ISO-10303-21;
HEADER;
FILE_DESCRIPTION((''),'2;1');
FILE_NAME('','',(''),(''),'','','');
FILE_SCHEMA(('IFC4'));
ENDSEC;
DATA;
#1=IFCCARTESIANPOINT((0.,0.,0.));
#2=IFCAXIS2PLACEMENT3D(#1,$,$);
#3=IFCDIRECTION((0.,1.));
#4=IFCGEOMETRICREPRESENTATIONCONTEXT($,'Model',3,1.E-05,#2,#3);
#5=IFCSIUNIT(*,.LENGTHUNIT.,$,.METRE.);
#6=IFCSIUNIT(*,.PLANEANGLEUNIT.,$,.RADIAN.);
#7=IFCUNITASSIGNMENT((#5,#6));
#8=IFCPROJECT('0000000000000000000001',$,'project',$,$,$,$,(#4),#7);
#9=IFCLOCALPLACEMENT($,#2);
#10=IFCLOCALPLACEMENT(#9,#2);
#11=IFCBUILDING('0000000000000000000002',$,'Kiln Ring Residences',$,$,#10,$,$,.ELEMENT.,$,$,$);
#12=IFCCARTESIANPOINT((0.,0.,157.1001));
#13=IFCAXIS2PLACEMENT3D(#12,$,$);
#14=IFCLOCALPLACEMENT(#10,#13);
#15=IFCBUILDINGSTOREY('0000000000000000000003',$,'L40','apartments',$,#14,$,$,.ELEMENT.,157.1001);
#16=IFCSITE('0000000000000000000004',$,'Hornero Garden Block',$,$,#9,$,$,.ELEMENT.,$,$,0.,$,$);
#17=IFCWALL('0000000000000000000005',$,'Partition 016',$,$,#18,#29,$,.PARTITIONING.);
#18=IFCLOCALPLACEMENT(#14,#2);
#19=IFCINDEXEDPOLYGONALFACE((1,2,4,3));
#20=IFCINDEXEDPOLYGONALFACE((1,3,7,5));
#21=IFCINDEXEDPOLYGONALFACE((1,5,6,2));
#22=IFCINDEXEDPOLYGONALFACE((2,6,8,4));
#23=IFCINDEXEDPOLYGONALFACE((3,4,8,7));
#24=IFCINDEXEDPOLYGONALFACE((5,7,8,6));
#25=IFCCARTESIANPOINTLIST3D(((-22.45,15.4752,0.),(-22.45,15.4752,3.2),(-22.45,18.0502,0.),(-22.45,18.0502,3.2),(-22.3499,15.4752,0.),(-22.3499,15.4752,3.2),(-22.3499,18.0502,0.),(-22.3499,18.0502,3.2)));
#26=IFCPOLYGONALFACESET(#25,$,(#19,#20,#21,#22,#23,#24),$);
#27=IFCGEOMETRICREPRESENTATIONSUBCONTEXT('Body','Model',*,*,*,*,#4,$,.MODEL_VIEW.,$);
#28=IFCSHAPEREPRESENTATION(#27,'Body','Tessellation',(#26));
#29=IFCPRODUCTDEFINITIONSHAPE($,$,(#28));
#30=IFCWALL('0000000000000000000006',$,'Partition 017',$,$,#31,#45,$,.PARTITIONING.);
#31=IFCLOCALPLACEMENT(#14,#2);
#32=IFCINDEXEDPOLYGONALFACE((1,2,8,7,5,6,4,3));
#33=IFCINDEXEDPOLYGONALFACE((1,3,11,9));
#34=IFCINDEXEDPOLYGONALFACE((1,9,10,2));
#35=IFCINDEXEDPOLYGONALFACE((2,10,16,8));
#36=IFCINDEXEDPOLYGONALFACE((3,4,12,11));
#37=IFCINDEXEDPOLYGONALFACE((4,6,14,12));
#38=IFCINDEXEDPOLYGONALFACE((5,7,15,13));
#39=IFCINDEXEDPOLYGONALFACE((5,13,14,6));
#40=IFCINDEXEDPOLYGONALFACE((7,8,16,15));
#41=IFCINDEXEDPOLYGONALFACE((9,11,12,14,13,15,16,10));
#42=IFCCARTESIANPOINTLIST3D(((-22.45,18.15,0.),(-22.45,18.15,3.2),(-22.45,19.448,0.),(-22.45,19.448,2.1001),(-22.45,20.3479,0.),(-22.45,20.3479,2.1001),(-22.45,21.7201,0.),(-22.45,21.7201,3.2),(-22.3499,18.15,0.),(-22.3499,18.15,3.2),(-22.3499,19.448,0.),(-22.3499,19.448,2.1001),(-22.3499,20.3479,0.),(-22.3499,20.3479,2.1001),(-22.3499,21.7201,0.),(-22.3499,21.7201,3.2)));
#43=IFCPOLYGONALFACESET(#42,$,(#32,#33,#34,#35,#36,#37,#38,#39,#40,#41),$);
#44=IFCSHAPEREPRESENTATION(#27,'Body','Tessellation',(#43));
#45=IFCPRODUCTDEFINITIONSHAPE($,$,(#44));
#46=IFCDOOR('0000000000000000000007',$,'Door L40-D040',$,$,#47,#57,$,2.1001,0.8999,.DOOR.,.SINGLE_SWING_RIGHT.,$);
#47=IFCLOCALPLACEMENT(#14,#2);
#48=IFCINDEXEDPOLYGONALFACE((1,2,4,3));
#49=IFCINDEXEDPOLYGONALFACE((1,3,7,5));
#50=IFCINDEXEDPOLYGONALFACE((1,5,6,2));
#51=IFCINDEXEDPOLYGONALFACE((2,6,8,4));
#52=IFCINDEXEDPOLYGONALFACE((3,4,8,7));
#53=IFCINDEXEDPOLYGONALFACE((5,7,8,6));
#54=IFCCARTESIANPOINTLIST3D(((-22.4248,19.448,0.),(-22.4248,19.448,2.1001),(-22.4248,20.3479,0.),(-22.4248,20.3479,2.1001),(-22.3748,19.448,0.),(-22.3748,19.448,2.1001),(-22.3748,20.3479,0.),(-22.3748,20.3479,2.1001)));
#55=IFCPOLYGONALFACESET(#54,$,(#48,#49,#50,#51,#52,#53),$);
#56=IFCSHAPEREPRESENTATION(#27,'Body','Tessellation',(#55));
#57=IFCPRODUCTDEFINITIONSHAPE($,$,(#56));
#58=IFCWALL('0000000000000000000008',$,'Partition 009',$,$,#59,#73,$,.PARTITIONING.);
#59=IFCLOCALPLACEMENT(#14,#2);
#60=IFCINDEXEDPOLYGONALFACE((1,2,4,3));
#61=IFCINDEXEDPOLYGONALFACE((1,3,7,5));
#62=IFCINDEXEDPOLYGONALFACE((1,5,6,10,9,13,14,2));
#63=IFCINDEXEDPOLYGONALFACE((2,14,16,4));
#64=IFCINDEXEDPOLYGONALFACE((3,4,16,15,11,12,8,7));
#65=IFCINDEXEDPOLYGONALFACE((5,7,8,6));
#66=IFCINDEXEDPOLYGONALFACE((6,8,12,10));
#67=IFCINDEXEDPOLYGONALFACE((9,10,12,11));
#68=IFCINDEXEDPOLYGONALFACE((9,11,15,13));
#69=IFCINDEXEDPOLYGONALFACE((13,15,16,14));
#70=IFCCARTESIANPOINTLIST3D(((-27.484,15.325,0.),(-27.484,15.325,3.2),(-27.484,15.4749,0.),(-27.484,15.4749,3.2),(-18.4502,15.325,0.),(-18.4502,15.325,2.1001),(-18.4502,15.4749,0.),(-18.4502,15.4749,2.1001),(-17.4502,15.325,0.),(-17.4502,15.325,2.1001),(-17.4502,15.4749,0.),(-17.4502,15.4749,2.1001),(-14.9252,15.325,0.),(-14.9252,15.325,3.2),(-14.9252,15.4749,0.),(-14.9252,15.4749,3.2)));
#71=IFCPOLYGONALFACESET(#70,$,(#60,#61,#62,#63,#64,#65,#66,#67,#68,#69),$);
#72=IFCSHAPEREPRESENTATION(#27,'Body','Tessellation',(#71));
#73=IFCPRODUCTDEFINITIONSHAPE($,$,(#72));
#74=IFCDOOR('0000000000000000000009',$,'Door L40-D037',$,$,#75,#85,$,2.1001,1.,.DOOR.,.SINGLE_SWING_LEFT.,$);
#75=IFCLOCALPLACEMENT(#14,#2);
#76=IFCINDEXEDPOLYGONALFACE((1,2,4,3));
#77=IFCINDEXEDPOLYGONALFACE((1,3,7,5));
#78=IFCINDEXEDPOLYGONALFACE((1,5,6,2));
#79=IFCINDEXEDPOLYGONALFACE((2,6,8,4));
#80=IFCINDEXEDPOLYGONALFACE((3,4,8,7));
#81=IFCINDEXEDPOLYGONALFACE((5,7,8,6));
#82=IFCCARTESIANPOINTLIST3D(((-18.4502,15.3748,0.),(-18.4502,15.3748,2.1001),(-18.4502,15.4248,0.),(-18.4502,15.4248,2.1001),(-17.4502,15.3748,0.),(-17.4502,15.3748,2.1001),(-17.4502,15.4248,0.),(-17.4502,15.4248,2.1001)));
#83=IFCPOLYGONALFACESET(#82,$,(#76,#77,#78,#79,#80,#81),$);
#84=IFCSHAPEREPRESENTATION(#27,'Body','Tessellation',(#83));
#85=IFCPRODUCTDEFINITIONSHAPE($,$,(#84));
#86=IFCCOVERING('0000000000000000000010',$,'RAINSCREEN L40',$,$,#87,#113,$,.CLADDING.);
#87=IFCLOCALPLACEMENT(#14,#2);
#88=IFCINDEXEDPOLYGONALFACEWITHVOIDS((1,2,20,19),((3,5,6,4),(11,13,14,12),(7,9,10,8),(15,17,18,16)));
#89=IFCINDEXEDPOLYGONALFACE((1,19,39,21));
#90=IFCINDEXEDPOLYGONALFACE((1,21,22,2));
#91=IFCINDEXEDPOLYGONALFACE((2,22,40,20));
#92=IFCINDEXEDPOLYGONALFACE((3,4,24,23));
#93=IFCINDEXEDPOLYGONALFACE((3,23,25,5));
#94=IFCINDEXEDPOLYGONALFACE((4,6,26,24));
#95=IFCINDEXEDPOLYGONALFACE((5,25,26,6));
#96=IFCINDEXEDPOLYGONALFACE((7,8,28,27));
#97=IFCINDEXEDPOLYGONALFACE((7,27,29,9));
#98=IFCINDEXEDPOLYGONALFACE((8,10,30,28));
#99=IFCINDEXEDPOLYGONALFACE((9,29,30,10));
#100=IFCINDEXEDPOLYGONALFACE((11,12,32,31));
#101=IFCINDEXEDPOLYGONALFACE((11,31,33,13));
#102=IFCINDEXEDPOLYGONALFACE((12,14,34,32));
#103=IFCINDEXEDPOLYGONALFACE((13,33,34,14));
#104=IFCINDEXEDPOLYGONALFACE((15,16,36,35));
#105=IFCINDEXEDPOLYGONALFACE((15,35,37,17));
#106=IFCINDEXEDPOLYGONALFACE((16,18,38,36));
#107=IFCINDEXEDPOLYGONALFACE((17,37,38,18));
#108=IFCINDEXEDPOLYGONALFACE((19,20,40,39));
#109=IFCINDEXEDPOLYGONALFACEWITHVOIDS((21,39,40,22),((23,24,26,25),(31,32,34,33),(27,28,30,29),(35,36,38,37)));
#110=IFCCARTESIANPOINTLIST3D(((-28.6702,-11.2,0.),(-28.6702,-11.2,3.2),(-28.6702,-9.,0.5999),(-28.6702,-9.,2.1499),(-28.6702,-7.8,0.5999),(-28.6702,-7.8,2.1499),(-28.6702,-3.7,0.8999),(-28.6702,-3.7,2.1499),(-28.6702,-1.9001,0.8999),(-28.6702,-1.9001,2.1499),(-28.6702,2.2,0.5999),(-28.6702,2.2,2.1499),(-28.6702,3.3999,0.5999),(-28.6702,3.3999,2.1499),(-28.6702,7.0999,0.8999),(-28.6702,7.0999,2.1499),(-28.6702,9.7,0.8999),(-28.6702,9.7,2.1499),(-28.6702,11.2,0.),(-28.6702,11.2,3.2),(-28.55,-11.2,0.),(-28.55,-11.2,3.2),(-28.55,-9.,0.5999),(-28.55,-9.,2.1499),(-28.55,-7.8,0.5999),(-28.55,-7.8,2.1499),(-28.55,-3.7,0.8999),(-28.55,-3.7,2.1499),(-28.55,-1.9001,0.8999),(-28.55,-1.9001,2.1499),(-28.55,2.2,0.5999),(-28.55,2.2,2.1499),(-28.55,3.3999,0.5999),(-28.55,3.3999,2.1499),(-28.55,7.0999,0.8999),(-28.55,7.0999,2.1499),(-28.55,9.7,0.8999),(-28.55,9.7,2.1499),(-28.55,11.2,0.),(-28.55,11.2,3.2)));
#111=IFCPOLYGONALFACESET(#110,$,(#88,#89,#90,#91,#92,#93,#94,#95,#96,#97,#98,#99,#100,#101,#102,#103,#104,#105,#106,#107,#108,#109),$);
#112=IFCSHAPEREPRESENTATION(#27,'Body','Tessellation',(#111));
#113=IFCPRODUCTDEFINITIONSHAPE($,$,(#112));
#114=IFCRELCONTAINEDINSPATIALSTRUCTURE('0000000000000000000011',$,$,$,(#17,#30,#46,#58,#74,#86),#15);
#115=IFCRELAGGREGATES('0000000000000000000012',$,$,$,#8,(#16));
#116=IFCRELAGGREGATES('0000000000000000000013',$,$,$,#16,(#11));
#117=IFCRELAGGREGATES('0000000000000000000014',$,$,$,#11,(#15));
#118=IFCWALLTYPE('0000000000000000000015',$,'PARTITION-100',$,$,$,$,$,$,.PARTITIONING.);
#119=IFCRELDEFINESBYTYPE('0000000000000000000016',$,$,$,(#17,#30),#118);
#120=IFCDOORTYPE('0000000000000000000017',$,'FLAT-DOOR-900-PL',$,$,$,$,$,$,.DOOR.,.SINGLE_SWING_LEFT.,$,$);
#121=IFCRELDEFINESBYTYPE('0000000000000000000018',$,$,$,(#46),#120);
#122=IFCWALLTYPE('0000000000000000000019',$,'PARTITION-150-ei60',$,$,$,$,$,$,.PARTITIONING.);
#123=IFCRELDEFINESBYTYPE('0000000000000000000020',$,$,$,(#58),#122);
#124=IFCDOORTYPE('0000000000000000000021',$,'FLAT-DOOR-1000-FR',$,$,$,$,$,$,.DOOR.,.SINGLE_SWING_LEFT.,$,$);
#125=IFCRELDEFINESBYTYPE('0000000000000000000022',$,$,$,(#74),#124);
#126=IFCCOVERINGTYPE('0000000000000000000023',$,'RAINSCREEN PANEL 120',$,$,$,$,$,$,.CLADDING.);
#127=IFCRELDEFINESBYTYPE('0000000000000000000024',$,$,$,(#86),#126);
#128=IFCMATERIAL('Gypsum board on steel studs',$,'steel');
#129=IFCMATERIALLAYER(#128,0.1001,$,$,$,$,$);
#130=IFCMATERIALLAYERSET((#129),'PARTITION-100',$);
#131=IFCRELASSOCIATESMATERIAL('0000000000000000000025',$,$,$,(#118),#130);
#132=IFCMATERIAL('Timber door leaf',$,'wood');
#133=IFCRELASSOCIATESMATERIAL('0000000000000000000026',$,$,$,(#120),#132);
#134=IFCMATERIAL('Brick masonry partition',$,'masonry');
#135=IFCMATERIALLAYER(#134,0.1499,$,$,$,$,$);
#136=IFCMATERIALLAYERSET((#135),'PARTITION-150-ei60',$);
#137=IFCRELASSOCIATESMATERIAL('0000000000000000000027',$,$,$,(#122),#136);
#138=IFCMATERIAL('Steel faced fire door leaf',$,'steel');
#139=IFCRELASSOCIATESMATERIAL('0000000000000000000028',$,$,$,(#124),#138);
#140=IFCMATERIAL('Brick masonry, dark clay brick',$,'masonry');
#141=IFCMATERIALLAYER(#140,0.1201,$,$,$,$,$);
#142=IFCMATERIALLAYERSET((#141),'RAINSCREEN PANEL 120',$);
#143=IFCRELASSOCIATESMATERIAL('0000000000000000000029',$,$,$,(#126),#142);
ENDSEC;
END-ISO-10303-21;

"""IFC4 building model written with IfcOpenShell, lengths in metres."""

from ifc_helpers import new_model, si_unit, direction, frame, frame_2d, origin, place, context, subcontext, project, spatial, polyline, rectangle, outline, extrude, material, layer, layer_set, type_object, element, fill, save


model = new_model("IFC4")

# Units and contexts
model_context = context("Model", 3, precision=1e-05, world=origin(), true_north=direction((0.0, 1.0)))
body_context = subcontext(model_context, "Body", "Model", "MODEL_VIEW")
ifc_project = project(units=[si_unit("LENGTHUNIT", "METRE"), si_unit("PLANEANGLEUNIT", "RADIAN")], contexts=[model_context])

# Site, building, storey
site_placement = place(None, origin())
site = spatial("IfcSite", under=ifc_project, at=site_placement, Name="Hornero Garden Block", CompositionType="ELEMENT", RefElevation=0.0)
building_placement = place(site_placement, origin())
building = spatial("IfcBuilding", under=site, at=building_placement, Name="Kiln Ring Residences", CompositionType="ELEMENT")
storey_placement = place(building_placement, frame((0.0, 0.0, 157.1001)))
storey = spatial("IfcBuildingStorey", under=building, at=storey_placement, Name="L40", Description="apartments", CompositionType="ELEMENT", Elevation=157.1001)

# Shared definitions
ifc_material_1 = material(Name="Gypsum board on steel studs", Category="steel")
ifc_layer_1 = layer(ifc_material_1, 0.1001)
ifc_layer_set_1 = layer_set([ifc_layer_1], Name="PARTITION-100")
wall_type_1 = type_object("IfcWallType", Name="PARTITION-100", PredefinedType="PARTITIONING", material=ifc_layer_set_1)
ifc_material_2 = material(Name="Timber door leaf", Category="wood")
door_type_1 = type_object("IfcDoorType", Name="FLAT-DOOR-900-PL", OperationType="SINGLE_SWING_LEFT", PredefinedType="DOOR", material=ifc_material_2)

# Wall
wall_1_placement = place(storey_placement, frame((-22.3999, 15.4751, 0.0), z_axis=(0.0, 0.0, 1.0), x_axis=(0.0, 1.0, 0.0)))
element("IfcWall", 1, at=wall_1_placement, inside=storey, type_object=wall_type_1, Name="Partition 016", PredefinedType="PARTITIONING", context=body_context, shape_type="SweptSolid", body=[
    extrude(rectangle(XDim=2.575, YDim=0.1001, at=frame_2d((1.2876, 0.0))), origin(), (0.0, 0.0, 1.0), 3.2),
])

# Walls, openings, doors
wall_2_placement = place(storey_placement, frame((-22.3999, 18.1499, 0.0), z_axis=(0.0, 0.0, 1.0), x_axis=(0.0, 1.0, 0.0)))
wall_2 = element("IfcWall", 2, at=wall_2_placement, inside=storey, type_object=wall_type_1, Name="Partition 017", PredefinedType="PARTITIONING", context=body_context, shape_type="SweptSolid", body=[
    extrude(rectangle(XDim=3.5701, YDim=0.1001, at=frame_2d((1.7852, 0.0))), origin(), (0.0, 0.0, 1.0), 3.2),
])
opening_1_placement = place(wall_2_placement, frame((1.2981, 0.0, 0.0)))
opening_1 = element("IfcOpeningElement", 3, at=opening_1_placement, cuts=wall_2, PredefinedType="OPENING", context=body_context, shape_type="SweptSolid", body=[
    extrude(rectangle(XDim=0.8999, YDim=2.1001, at=frame_2d((0.45, 1.05))), frame((0.0, 0.0601, 0.0), z_axis=(0.0, -1.0, 0.0), x_axis=(1.0, 0.0, 0.0)), (0.0, 0.0, 1.0), 0.1201),
])
door_1_placement = place(opening_1_placement, origin())
door_1 = element("IfcDoor", 4, at=door_1_placement, inside=storey, type_object=door_type_1, Name="Door L40-D040", OperationType="SINGLE_SWING_RIGHT", OverallHeight=2.1001, OverallWidth=0.8999, PredefinedType="DOOR", context=body_context, shape_type="SweptSolid", body=[
    extrude(rectangle(XDim=0.8999, YDim=2.1001, at=frame_2d((0.45, 1.05))), frame((0.0, 0.0249, 0.0), z_axis=(0.0, -1.0, 0.0), x_axis=(1.0, 0.0, 0.0)), (0.0, 0.0, 1.0), 0.05),
])
fill(opening_1, door_1)
ifc_material_3 = material(Name="Brick masonry partition", Category="masonry")
ifc_layer_2 = layer(ifc_material_3, 0.1499)
ifc_layer_set_2 = layer_set([ifc_layer_2], Name="PARTITION-150-ei60")
wall_type_2 = type_object("IfcWallType", Name="PARTITION-150-ei60", PredefinedType="PARTITIONING", material=ifc_layer_set_2)
wall_3_placement = place(storey_placement, frame((-27.4839, 15.3999, 0.0), z_axis=(0.0, 0.0, 1.0), x_axis=(1.0, 0.0, 0.0)))
wall_3 = element("IfcWall", 5, at=wall_3_placement, inside=storey, type_object=wall_type_2, Name="Partition 009", PredefinedType="PARTITIONING", context=body_context, shape_type="SweptSolid", body=[
    extrude(rectangle(XDim=12.5588, YDim=0.1499, at=frame_2d((6.2793, 0.0))), origin(), (0.0, 0.0, 1.0), 3.2),
])
opening_2_placement = place(wall_3_placement, frame((9.0337, 0.0, 0.0)))
opening_2 = element("IfcOpeningElement", 6, at=opening_2_placement, cuts=wall_3, PredefinedType="OPENING", context=body_context, shape_type="SweptSolid", body=[
    extrude(rectangle(XDim=1.0, YDim=2.1001, at=frame_2d((0.5, 1.05))), frame((0.0, 0.085, 0.0), z_axis=(0.0, -1.0, 0.0), x_axis=(1.0, 0.0, 0.0)), (0.0, 0.0, 1.0), 0.1699),
])
ifc_material_4 = material(Name="Steel faced fire door leaf", Category="steel")
door_type_2 = type_object("IfcDoorType", Name="FLAT-DOOR-1000-FR", OperationType="SINGLE_SWING_LEFT", PredefinedType="DOOR", material=ifc_material_4)
door_2_placement = place(opening_2_placement, origin())
door_2 = element("IfcDoor", 7, at=door_2_placement, inside=storey, type_object=door_type_2, Name="Door L40-D037", OperationType="SINGLE_SWING_LEFT", OverallHeight=2.1001, OverallWidth=1.0, PredefinedType="DOOR", context=body_context, shape_type="SweptSolid", body=[
    extrude(rectangle(XDim=1.0, YDim=2.1001, at=frame_2d((0.5, 1.05))), frame((0.0, 0.0249, 0.0), z_axis=(0.0, -1.0, 0.0), x_axis=(1.0, 0.0, 0.0)), (0.0, 0.0, 1.0), 0.05),
])
fill(opening_2, door_2)

# Covering
ifc_material_5 = material(Name="Brick masonry, dark clay brick", Category="masonry")
ifc_layer_3 = layer(ifc_material_5, 0.1201)
ifc_layer_set_3 = layer_set([ifc_layer_3], Name="RAINSCREEN PANEL 120")
covering_type = type_object("IfcCoveringType", Name="RAINSCREEN PANEL 120", PredefinedType="CLADDING", material=ifc_layer_set_3)
covering_placement = place(storey_placement, frame((-28.6101, 11.2, 0.0), z_axis=(0.0, 0.0, 1.0), x_axis=(0.0, -1.0, 0.0)))
element("IfcCovering", 8, at=covering_placement, inside=storey, type_object=covering_type, Name="RAINSCREEN L40", PredefinedType="CLADDING", context=body_context, shape_type="SweptSolid", body=[
    extrude(outline(polyline([(0.0, 0.0), (22.3999, 0.0), (22.3999, 3.2), (0.0, 3.2), (0.0, 0.0)]), holes=[polyline([(9.0, 0.5999), (9.0, 2.1499), (7.8, 2.1499), (7.8, 0.5999), (9.0, 0.5999)]), polyline([(20.2, 0.5999), (20.2, 2.1499), (19.0, 2.1499), (19.0, 0.5999), (20.2, 0.5999)]), polyline([(4.1001, 0.8999), (4.1001, 2.1499), (1.5, 2.1499), (1.5, 0.8999), (4.1001, 0.8999)]), polyline([(14.8999, 0.8999), (14.8999, 2.1499), (13.1001, 2.1499), (13.1001, 0.8999), (14.8999, 0.8999)])]), frame((0.0, 0.0601, 0.0), z_axis=(0.0, -1.0, 0.0), x_axis=(1.0, 0.0, 0.0)), (0.0, 0.0, 1.0), 0.1201),
])

save(model, "model.ifc")
